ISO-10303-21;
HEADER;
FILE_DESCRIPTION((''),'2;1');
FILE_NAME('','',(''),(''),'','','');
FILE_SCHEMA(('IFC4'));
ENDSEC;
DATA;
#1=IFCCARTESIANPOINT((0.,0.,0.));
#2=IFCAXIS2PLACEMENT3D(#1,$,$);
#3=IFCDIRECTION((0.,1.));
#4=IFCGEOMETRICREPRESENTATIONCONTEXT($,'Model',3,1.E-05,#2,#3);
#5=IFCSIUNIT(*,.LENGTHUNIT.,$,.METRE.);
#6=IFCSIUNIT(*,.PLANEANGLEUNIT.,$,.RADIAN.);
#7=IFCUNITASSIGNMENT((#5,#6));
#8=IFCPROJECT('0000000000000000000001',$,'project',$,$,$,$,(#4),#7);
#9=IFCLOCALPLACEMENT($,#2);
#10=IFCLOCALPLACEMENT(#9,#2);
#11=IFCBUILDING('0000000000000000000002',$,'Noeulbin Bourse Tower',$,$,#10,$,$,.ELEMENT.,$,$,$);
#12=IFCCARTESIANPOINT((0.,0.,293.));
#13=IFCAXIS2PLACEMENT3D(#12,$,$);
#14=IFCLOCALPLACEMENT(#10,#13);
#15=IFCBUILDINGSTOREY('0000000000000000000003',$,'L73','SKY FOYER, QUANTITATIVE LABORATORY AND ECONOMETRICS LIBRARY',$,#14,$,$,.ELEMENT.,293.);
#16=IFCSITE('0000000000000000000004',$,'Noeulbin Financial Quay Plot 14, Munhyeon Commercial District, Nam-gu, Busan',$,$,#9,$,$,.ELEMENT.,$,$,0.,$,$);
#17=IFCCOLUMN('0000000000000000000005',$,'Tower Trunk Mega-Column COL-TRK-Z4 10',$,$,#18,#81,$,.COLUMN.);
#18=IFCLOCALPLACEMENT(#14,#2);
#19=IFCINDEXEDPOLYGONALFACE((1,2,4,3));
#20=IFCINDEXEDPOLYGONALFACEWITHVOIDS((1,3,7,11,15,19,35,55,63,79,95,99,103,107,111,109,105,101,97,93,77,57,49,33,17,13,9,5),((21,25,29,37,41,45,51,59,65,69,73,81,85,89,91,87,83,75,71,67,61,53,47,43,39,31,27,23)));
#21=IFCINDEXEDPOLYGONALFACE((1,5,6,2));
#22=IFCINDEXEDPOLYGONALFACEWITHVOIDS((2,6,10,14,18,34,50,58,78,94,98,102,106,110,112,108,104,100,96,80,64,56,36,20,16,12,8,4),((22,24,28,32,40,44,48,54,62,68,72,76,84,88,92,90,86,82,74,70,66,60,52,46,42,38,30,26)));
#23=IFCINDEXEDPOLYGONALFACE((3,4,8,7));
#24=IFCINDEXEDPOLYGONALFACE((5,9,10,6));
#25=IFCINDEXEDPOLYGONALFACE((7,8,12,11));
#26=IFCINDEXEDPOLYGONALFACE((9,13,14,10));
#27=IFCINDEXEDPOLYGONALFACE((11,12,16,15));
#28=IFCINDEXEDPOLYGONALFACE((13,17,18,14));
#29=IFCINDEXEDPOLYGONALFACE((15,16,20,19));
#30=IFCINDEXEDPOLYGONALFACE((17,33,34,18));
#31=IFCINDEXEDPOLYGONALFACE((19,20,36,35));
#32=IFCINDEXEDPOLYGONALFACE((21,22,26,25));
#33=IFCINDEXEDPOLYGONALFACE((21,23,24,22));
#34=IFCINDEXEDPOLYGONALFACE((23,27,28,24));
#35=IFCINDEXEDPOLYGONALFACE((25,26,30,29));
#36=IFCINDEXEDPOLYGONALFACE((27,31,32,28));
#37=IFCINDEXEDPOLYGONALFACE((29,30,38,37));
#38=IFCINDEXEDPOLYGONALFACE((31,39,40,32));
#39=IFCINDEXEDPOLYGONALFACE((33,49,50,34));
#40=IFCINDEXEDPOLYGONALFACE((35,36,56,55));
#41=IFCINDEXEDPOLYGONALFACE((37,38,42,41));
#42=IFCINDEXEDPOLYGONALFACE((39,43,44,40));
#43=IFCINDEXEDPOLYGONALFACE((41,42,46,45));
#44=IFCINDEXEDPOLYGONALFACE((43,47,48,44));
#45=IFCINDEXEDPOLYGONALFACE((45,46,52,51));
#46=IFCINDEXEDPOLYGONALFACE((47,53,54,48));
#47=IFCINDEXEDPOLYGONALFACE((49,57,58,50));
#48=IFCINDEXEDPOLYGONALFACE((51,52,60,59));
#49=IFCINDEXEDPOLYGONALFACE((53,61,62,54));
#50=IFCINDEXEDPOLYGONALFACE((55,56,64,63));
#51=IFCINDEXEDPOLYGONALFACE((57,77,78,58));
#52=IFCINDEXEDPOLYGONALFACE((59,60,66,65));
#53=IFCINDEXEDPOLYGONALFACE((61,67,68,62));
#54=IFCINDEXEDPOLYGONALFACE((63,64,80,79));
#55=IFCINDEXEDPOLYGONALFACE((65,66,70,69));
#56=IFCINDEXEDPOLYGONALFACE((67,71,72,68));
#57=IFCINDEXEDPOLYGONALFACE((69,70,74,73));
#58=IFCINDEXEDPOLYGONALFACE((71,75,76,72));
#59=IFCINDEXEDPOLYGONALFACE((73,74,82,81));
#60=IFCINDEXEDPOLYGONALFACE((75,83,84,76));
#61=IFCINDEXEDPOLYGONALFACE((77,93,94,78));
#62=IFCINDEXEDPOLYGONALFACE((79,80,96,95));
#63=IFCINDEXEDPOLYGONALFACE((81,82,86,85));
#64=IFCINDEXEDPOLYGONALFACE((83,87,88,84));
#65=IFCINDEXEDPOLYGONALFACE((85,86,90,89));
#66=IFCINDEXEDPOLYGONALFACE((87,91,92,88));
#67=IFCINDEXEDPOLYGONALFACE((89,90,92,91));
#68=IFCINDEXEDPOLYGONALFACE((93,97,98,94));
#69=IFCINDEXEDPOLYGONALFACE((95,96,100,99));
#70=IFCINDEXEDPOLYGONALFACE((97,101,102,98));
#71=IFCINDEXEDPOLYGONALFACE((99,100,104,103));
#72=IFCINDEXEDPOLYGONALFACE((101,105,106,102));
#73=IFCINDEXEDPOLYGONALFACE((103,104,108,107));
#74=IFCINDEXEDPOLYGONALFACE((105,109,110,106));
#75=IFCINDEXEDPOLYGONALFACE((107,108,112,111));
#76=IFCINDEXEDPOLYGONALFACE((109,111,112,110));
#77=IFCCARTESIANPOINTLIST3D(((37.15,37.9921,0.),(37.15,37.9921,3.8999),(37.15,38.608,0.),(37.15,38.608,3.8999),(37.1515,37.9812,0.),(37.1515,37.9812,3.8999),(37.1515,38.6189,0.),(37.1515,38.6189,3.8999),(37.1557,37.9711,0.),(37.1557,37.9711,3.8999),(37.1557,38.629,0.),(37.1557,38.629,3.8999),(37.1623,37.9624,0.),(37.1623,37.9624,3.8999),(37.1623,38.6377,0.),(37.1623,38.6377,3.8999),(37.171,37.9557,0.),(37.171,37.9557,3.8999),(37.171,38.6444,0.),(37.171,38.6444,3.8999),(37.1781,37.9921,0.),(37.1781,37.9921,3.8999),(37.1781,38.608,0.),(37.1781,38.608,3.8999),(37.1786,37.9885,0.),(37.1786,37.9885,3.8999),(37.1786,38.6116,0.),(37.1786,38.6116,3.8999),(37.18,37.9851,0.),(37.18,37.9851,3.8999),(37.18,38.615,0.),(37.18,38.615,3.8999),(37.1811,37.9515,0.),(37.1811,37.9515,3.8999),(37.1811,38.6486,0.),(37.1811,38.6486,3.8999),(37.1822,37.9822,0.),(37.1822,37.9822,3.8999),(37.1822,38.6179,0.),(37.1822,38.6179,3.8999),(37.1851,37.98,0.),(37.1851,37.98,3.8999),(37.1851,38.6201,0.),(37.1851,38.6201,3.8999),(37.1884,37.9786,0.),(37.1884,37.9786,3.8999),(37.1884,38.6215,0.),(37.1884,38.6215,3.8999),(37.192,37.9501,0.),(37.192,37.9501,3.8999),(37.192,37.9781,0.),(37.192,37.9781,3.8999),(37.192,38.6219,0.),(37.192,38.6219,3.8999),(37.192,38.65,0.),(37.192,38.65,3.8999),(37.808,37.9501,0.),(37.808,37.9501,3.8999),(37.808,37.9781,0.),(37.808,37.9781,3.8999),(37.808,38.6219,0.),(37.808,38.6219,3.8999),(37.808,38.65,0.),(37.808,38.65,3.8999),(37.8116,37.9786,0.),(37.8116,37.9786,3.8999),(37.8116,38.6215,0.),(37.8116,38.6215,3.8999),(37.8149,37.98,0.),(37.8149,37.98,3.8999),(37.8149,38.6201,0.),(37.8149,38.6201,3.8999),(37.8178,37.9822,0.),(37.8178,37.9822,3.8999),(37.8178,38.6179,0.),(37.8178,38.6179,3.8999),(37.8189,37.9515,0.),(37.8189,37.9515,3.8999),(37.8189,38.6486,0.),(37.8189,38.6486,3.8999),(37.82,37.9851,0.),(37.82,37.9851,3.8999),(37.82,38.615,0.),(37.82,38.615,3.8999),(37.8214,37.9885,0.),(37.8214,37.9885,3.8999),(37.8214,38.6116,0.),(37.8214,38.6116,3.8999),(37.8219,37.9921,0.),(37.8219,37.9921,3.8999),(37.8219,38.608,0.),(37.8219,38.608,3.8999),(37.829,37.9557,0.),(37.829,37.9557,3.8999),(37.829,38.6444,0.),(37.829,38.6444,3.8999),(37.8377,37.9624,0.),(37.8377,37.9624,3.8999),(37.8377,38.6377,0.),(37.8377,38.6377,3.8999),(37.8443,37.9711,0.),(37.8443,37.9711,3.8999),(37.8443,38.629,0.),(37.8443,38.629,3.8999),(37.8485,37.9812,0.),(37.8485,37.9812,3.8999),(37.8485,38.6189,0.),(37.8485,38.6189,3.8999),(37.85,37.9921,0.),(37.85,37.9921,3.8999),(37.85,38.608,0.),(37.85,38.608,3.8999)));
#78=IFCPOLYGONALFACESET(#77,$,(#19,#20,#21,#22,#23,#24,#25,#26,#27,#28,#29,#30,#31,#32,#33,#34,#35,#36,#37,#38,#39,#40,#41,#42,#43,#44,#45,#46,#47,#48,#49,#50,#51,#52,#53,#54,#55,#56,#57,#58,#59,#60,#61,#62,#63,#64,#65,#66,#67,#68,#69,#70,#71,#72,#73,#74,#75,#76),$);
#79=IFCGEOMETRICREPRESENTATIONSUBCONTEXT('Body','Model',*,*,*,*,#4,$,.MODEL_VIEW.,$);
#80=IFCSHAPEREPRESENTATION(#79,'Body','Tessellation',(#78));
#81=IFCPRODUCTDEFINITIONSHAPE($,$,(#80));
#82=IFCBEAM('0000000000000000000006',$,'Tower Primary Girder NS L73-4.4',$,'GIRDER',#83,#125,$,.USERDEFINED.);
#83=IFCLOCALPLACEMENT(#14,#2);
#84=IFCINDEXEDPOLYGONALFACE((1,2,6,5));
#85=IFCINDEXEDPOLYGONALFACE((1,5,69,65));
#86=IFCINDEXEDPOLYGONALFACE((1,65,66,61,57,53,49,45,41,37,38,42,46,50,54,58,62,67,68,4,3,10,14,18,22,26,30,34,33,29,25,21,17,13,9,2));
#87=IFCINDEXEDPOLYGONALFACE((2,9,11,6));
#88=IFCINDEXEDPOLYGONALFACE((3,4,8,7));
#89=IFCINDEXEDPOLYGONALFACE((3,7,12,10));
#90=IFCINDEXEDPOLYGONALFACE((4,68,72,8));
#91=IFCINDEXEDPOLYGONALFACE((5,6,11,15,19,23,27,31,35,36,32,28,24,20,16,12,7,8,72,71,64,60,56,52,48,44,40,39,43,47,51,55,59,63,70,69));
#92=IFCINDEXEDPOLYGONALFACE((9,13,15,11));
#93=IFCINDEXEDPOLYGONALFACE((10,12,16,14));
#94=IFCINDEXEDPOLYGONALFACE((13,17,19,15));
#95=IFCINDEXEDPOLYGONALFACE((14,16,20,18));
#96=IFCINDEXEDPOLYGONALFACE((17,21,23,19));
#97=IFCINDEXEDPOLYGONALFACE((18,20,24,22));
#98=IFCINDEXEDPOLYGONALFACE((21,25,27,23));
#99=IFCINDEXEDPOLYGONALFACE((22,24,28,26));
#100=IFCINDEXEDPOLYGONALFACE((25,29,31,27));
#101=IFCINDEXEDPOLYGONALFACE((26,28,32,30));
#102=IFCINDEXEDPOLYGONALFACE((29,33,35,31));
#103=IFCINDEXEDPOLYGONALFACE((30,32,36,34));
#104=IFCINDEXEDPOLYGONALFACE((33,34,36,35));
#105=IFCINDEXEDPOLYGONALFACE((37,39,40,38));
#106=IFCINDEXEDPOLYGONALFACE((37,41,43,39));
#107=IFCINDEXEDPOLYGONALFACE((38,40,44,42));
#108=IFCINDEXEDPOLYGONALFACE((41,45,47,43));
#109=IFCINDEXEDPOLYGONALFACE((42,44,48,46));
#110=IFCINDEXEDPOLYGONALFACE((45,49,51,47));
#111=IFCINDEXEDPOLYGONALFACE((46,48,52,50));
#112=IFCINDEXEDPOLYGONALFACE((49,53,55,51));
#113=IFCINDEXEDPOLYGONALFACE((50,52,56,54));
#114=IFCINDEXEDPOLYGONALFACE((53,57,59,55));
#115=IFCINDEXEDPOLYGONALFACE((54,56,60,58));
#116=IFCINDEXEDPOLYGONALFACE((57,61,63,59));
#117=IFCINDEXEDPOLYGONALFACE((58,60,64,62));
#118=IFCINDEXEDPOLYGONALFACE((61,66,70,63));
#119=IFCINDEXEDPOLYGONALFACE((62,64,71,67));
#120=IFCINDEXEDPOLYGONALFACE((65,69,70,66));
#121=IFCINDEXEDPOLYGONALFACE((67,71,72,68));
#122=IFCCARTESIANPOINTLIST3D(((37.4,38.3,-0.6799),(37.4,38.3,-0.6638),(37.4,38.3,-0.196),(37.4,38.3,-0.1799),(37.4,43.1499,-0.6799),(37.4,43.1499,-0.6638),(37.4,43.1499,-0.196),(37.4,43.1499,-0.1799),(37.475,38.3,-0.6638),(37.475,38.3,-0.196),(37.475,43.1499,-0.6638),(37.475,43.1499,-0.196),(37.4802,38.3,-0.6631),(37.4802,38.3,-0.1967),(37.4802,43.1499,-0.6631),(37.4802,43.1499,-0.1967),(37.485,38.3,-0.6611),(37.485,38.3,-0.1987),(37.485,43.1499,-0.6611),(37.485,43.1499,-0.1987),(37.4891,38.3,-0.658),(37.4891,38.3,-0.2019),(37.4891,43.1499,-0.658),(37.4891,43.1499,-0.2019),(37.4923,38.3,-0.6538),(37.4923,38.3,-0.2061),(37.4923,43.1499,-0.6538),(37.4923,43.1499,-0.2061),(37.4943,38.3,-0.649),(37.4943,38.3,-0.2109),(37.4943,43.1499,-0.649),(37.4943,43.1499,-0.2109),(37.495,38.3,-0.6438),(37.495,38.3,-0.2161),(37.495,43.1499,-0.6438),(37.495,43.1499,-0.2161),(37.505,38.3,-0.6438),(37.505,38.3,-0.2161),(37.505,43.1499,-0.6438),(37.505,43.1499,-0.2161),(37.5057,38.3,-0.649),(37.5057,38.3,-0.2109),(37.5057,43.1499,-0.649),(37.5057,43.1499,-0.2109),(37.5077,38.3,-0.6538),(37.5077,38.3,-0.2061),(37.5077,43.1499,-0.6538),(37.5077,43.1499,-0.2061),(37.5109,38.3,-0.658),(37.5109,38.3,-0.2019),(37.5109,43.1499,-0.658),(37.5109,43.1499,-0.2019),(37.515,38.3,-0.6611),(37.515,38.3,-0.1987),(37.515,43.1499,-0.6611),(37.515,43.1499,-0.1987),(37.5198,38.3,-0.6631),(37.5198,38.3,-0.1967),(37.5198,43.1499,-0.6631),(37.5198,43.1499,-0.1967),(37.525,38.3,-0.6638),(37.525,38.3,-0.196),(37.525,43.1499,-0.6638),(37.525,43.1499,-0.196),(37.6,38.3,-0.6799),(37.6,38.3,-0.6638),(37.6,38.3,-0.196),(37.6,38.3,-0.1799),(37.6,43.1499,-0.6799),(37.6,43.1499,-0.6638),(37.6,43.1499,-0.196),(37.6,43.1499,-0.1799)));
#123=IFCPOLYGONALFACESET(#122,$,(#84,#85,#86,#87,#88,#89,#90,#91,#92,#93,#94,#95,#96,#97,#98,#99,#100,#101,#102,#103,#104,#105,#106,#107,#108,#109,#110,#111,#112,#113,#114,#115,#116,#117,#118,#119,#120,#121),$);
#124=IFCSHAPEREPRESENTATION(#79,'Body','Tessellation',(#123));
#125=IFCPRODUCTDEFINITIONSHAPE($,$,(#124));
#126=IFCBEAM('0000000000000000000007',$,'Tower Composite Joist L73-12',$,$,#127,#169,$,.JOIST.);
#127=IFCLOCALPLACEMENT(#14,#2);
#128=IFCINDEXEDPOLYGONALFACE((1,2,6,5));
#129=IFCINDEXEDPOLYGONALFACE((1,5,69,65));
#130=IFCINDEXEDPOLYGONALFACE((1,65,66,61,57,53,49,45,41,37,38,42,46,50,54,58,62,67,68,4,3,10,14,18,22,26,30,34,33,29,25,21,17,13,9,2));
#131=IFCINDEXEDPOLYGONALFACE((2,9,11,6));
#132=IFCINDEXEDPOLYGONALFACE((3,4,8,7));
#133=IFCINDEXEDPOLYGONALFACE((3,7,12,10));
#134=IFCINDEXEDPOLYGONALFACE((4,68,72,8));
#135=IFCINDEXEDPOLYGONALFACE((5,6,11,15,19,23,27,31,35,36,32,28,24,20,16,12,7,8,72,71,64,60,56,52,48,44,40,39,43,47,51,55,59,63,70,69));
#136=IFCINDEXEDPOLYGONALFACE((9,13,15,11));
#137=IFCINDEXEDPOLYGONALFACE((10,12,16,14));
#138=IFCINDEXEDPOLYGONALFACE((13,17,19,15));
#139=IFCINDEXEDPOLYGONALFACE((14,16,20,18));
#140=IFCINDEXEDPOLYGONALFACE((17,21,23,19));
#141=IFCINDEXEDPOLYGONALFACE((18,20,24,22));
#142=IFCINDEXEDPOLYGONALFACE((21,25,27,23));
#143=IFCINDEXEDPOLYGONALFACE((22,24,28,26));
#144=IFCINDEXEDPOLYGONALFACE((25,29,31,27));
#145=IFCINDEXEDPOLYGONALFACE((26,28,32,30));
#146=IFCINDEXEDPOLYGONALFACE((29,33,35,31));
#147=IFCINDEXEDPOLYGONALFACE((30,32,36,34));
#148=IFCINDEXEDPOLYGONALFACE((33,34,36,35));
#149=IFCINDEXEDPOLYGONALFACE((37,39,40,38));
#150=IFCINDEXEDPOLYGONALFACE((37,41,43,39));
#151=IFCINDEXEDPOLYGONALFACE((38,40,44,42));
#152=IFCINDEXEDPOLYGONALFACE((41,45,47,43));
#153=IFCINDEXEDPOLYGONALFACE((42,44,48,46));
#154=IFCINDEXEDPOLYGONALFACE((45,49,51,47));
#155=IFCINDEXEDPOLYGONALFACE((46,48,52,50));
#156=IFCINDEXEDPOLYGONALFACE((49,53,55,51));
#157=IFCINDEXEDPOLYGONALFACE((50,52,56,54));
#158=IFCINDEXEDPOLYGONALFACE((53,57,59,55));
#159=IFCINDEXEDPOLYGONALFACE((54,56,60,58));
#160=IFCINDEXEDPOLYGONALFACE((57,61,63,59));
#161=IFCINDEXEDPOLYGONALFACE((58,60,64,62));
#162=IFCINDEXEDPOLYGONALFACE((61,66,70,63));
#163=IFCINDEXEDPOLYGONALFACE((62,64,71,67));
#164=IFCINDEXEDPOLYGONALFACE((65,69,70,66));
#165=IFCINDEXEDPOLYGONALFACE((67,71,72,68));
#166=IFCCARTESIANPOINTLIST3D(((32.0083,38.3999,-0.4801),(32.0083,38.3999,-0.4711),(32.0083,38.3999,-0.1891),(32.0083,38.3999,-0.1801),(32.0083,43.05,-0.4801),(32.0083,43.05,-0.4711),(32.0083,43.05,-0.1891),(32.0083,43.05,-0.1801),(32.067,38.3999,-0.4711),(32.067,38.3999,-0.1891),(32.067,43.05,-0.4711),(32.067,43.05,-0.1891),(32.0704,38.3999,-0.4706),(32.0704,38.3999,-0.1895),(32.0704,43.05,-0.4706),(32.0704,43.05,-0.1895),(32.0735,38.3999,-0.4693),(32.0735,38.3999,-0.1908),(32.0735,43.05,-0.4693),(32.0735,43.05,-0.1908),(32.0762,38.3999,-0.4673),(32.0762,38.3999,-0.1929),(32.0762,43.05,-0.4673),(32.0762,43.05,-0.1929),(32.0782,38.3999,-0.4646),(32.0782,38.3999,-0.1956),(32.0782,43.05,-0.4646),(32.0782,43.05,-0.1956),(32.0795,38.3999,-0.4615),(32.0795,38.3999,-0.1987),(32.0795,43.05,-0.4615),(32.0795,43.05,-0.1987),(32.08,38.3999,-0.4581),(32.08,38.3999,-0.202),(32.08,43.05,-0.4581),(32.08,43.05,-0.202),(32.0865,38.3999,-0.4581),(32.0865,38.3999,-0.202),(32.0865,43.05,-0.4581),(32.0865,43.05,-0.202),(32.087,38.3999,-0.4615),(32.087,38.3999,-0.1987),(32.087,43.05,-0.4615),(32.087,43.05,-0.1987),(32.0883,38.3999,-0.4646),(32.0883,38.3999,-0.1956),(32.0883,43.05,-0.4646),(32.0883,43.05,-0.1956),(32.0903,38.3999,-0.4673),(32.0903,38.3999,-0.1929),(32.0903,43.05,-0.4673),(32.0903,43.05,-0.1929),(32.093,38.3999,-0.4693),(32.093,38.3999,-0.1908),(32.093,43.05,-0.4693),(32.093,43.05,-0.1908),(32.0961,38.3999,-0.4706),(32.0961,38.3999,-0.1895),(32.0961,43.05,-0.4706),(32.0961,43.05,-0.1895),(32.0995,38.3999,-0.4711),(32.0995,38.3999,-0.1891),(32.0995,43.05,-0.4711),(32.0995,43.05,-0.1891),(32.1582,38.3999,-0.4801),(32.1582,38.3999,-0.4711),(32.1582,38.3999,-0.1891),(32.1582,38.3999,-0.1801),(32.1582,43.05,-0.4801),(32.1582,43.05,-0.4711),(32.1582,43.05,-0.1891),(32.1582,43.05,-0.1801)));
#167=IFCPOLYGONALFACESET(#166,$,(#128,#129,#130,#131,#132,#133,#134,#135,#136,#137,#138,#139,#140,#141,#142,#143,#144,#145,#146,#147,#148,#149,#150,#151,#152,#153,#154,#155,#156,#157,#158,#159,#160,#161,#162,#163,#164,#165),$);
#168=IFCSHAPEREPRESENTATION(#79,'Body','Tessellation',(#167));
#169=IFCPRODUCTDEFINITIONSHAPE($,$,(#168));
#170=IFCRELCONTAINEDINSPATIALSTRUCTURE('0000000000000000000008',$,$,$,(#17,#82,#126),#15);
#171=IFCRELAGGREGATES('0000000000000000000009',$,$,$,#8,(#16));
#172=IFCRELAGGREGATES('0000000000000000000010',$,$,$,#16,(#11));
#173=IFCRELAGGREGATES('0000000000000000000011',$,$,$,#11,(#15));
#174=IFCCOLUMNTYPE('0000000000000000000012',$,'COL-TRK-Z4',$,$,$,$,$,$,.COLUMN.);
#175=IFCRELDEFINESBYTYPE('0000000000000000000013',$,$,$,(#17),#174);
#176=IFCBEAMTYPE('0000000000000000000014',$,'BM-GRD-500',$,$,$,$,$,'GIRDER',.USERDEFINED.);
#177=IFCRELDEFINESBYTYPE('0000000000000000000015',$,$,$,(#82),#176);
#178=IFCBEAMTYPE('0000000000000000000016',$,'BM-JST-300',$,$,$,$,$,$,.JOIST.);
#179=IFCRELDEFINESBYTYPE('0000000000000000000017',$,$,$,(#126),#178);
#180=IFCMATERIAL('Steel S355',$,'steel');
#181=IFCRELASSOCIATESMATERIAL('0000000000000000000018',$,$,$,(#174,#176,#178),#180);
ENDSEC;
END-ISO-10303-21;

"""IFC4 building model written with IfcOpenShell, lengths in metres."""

from ifc_helpers import new_model, si_unit, direction, frame, origin, origin_2d, place, context, subcontext, project, spatial, hollow_rectangle, i_section, extrude, material, material_profile, profile_set, type_object, element, save


model = new_model("IFC4")

# Units and contexts
model_context = context("Model", 3, precision=1e-05, world=origin(), true_north=direction((0.0, 1.0)))
body_context = subcontext(model_context, "Body", "Model", "MODEL_VIEW")
ifc_project = project(units=[si_unit("LENGTHUNIT", "METRE"), si_unit("PLANEANGLEUNIT", "RADIAN")], contexts=[model_context])

# Site, building, storey
site_placement = place(None, origin())
site = spatial("IfcSite", under=ifc_project, at=site_placement, Name="Noeulbin Financial Quay Plot 14, Munhyeon Commercial District, Nam-gu, Busan", CompositionType="ELEMENT", RefElevation=0.0)
building_placement = place(site_placement, origin())
building = spatial("IfcBuilding", under=site, at=building_placement, Name="Noeulbin Bourse Tower", CompositionType="ELEMENT")
storey_placement = place(building_placement, frame((0.0, 0.0, 293.0)))
storey = spatial("IfcBuildingStorey", under=building, at=storey_placement, Name="L73", Description="SKY FOYER, QUANTITATIVE LABORATORY AND ECONOMETRICS LIBRARY", CompositionType="ELEMENT", Elevation=293.0)

# Column
ifc_material_1 = material(Name="Steel S355", Category="steel")
ifc_material_profile_1 = material_profile(ifc_material_1, hollow_rectangle(XDim=0.7, YDim=0.7, WallThickness=0.0281, InnerFilletRadius=0.0139, OuterFilletRadius=0.042, at=origin_2d()), Name="BOX-700x700x28", Category="LoadBearing")
ifc_profile_set_1 = profile_set([ifc_material_profile_1], Name="Steel S355")
column_type = type_object("IfcColumnType", Name="COL-TRK-Z4", PredefinedType="COLUMN", material=ifc_profile_set_1)
column_placement = place(storey_placement, frame((37.5, 38.3, 0.0), z_axis=(0.0, 0.0, 1.0), x_axis=(1.0, 0.0, 0.0)))
element("IfcColumn", 1, at=column_placement, inside=storey, type_object=column_type, Name="Tower Trunk Mega-Column COL-TRK-Z4 10", PredefinedType="COLUMN", context=body_context, shape_type="SweptSolid", body=[
    extrude(hollow_rectangle(XDim=0.7, YDim=0.7, WallThickness=0.0281, InnerFilletRadius=0.0139, OuterFilletRadius=0.042, at=origin_2d()), origin(), (0.0, 0.0, 1.0), 3.8999),
])

# Beams
ifc_material_profile_2 = material_profile(ifc_material_1, i_section(OverallWidth=0.2, OverallDepth=0.5, WebThickness=0.01, FlangeThickness=0.0161, FilletRadius=0.02, at=origin_2d()), Name="H-500x200x10x16", Category="LoadBearing")
ifc_profile_set_2 = profile_set([ifc_material_profile_2], Name="Steel S355")
beam_type_1 = type_object("IfcBeamType", Name="BM-GRD-500", ElementType="GIRDER", PredefinedType="USERDEFINED", material=ifc_profile_set_2)
beam_1_placement = place(storey_placement, frame((37.5, 38.3, -0.4299), z_axis=(0.0, 1.0, 0.0), x_axis=(-1.0, 0.0, 0.0)))
element("IfcBeam", 2, at=beam_1_placement, inside=storey, type_object=beam_type_1, Name="Tower Primary Girder NS L73-4.4", ObjectType="GIRDER", PredefinedType="USERDEFINED", context=body_context, shape_type="SweptSolid", body=[
    extrude(i_section(OverallWidth=0.2, OverallDepth=0.5, WebThickness=0.01, FlangeThickness=0.0161, FilletRadius=0.02, at=origin_2d()), origin(), (0.0, 0.0, 1.0), 4.8499),
])
ifc_material_profile_3 = material_profile(ifc_material_1, i_section(OverallWidth=0.1499, OverallDepth=0.3, WebThickness=0.0066, FlangeThickness=0.009, FilletRadius=0.0129, at=origin_2d()), Name="H-300x150x6.5x9", Category="LoadBearing")
ifc_profile_set_3 = profile_set([ifc_material_profile_3], Name="Steel S355")
beam_type_2 = type_object("IfcBeamType", Name="BM-JST-300", PredefinedType="JOIST", material=ifc_profile_set_3)
beam_2_placement = place(storey_placement, frame((32.0833, 38.3999, -0.3301), z_axis=(0.0, 1.0, 0.0), x_axis=(-1.0, 0.0, 0.0)))
element("IfcBeam", 3, at=beam_2_placement, inside=storey, type_object=beam_type_2, Name="Tower Composite Joist L73-12", PredefinedType="JOIST", context=body_context, shape_type="SweptSolid", body=[
    extrude(i_section(OverallWidth=0.1499, OverallDepth=0.3, WebThickness=0.0066, FlangeThickness=0.009, FilletRadius=0.0129, at=origin_2d()), origin(), (0.0, 0.0, 1.0), 4.6501),
])

save(model, "model.ifc")
